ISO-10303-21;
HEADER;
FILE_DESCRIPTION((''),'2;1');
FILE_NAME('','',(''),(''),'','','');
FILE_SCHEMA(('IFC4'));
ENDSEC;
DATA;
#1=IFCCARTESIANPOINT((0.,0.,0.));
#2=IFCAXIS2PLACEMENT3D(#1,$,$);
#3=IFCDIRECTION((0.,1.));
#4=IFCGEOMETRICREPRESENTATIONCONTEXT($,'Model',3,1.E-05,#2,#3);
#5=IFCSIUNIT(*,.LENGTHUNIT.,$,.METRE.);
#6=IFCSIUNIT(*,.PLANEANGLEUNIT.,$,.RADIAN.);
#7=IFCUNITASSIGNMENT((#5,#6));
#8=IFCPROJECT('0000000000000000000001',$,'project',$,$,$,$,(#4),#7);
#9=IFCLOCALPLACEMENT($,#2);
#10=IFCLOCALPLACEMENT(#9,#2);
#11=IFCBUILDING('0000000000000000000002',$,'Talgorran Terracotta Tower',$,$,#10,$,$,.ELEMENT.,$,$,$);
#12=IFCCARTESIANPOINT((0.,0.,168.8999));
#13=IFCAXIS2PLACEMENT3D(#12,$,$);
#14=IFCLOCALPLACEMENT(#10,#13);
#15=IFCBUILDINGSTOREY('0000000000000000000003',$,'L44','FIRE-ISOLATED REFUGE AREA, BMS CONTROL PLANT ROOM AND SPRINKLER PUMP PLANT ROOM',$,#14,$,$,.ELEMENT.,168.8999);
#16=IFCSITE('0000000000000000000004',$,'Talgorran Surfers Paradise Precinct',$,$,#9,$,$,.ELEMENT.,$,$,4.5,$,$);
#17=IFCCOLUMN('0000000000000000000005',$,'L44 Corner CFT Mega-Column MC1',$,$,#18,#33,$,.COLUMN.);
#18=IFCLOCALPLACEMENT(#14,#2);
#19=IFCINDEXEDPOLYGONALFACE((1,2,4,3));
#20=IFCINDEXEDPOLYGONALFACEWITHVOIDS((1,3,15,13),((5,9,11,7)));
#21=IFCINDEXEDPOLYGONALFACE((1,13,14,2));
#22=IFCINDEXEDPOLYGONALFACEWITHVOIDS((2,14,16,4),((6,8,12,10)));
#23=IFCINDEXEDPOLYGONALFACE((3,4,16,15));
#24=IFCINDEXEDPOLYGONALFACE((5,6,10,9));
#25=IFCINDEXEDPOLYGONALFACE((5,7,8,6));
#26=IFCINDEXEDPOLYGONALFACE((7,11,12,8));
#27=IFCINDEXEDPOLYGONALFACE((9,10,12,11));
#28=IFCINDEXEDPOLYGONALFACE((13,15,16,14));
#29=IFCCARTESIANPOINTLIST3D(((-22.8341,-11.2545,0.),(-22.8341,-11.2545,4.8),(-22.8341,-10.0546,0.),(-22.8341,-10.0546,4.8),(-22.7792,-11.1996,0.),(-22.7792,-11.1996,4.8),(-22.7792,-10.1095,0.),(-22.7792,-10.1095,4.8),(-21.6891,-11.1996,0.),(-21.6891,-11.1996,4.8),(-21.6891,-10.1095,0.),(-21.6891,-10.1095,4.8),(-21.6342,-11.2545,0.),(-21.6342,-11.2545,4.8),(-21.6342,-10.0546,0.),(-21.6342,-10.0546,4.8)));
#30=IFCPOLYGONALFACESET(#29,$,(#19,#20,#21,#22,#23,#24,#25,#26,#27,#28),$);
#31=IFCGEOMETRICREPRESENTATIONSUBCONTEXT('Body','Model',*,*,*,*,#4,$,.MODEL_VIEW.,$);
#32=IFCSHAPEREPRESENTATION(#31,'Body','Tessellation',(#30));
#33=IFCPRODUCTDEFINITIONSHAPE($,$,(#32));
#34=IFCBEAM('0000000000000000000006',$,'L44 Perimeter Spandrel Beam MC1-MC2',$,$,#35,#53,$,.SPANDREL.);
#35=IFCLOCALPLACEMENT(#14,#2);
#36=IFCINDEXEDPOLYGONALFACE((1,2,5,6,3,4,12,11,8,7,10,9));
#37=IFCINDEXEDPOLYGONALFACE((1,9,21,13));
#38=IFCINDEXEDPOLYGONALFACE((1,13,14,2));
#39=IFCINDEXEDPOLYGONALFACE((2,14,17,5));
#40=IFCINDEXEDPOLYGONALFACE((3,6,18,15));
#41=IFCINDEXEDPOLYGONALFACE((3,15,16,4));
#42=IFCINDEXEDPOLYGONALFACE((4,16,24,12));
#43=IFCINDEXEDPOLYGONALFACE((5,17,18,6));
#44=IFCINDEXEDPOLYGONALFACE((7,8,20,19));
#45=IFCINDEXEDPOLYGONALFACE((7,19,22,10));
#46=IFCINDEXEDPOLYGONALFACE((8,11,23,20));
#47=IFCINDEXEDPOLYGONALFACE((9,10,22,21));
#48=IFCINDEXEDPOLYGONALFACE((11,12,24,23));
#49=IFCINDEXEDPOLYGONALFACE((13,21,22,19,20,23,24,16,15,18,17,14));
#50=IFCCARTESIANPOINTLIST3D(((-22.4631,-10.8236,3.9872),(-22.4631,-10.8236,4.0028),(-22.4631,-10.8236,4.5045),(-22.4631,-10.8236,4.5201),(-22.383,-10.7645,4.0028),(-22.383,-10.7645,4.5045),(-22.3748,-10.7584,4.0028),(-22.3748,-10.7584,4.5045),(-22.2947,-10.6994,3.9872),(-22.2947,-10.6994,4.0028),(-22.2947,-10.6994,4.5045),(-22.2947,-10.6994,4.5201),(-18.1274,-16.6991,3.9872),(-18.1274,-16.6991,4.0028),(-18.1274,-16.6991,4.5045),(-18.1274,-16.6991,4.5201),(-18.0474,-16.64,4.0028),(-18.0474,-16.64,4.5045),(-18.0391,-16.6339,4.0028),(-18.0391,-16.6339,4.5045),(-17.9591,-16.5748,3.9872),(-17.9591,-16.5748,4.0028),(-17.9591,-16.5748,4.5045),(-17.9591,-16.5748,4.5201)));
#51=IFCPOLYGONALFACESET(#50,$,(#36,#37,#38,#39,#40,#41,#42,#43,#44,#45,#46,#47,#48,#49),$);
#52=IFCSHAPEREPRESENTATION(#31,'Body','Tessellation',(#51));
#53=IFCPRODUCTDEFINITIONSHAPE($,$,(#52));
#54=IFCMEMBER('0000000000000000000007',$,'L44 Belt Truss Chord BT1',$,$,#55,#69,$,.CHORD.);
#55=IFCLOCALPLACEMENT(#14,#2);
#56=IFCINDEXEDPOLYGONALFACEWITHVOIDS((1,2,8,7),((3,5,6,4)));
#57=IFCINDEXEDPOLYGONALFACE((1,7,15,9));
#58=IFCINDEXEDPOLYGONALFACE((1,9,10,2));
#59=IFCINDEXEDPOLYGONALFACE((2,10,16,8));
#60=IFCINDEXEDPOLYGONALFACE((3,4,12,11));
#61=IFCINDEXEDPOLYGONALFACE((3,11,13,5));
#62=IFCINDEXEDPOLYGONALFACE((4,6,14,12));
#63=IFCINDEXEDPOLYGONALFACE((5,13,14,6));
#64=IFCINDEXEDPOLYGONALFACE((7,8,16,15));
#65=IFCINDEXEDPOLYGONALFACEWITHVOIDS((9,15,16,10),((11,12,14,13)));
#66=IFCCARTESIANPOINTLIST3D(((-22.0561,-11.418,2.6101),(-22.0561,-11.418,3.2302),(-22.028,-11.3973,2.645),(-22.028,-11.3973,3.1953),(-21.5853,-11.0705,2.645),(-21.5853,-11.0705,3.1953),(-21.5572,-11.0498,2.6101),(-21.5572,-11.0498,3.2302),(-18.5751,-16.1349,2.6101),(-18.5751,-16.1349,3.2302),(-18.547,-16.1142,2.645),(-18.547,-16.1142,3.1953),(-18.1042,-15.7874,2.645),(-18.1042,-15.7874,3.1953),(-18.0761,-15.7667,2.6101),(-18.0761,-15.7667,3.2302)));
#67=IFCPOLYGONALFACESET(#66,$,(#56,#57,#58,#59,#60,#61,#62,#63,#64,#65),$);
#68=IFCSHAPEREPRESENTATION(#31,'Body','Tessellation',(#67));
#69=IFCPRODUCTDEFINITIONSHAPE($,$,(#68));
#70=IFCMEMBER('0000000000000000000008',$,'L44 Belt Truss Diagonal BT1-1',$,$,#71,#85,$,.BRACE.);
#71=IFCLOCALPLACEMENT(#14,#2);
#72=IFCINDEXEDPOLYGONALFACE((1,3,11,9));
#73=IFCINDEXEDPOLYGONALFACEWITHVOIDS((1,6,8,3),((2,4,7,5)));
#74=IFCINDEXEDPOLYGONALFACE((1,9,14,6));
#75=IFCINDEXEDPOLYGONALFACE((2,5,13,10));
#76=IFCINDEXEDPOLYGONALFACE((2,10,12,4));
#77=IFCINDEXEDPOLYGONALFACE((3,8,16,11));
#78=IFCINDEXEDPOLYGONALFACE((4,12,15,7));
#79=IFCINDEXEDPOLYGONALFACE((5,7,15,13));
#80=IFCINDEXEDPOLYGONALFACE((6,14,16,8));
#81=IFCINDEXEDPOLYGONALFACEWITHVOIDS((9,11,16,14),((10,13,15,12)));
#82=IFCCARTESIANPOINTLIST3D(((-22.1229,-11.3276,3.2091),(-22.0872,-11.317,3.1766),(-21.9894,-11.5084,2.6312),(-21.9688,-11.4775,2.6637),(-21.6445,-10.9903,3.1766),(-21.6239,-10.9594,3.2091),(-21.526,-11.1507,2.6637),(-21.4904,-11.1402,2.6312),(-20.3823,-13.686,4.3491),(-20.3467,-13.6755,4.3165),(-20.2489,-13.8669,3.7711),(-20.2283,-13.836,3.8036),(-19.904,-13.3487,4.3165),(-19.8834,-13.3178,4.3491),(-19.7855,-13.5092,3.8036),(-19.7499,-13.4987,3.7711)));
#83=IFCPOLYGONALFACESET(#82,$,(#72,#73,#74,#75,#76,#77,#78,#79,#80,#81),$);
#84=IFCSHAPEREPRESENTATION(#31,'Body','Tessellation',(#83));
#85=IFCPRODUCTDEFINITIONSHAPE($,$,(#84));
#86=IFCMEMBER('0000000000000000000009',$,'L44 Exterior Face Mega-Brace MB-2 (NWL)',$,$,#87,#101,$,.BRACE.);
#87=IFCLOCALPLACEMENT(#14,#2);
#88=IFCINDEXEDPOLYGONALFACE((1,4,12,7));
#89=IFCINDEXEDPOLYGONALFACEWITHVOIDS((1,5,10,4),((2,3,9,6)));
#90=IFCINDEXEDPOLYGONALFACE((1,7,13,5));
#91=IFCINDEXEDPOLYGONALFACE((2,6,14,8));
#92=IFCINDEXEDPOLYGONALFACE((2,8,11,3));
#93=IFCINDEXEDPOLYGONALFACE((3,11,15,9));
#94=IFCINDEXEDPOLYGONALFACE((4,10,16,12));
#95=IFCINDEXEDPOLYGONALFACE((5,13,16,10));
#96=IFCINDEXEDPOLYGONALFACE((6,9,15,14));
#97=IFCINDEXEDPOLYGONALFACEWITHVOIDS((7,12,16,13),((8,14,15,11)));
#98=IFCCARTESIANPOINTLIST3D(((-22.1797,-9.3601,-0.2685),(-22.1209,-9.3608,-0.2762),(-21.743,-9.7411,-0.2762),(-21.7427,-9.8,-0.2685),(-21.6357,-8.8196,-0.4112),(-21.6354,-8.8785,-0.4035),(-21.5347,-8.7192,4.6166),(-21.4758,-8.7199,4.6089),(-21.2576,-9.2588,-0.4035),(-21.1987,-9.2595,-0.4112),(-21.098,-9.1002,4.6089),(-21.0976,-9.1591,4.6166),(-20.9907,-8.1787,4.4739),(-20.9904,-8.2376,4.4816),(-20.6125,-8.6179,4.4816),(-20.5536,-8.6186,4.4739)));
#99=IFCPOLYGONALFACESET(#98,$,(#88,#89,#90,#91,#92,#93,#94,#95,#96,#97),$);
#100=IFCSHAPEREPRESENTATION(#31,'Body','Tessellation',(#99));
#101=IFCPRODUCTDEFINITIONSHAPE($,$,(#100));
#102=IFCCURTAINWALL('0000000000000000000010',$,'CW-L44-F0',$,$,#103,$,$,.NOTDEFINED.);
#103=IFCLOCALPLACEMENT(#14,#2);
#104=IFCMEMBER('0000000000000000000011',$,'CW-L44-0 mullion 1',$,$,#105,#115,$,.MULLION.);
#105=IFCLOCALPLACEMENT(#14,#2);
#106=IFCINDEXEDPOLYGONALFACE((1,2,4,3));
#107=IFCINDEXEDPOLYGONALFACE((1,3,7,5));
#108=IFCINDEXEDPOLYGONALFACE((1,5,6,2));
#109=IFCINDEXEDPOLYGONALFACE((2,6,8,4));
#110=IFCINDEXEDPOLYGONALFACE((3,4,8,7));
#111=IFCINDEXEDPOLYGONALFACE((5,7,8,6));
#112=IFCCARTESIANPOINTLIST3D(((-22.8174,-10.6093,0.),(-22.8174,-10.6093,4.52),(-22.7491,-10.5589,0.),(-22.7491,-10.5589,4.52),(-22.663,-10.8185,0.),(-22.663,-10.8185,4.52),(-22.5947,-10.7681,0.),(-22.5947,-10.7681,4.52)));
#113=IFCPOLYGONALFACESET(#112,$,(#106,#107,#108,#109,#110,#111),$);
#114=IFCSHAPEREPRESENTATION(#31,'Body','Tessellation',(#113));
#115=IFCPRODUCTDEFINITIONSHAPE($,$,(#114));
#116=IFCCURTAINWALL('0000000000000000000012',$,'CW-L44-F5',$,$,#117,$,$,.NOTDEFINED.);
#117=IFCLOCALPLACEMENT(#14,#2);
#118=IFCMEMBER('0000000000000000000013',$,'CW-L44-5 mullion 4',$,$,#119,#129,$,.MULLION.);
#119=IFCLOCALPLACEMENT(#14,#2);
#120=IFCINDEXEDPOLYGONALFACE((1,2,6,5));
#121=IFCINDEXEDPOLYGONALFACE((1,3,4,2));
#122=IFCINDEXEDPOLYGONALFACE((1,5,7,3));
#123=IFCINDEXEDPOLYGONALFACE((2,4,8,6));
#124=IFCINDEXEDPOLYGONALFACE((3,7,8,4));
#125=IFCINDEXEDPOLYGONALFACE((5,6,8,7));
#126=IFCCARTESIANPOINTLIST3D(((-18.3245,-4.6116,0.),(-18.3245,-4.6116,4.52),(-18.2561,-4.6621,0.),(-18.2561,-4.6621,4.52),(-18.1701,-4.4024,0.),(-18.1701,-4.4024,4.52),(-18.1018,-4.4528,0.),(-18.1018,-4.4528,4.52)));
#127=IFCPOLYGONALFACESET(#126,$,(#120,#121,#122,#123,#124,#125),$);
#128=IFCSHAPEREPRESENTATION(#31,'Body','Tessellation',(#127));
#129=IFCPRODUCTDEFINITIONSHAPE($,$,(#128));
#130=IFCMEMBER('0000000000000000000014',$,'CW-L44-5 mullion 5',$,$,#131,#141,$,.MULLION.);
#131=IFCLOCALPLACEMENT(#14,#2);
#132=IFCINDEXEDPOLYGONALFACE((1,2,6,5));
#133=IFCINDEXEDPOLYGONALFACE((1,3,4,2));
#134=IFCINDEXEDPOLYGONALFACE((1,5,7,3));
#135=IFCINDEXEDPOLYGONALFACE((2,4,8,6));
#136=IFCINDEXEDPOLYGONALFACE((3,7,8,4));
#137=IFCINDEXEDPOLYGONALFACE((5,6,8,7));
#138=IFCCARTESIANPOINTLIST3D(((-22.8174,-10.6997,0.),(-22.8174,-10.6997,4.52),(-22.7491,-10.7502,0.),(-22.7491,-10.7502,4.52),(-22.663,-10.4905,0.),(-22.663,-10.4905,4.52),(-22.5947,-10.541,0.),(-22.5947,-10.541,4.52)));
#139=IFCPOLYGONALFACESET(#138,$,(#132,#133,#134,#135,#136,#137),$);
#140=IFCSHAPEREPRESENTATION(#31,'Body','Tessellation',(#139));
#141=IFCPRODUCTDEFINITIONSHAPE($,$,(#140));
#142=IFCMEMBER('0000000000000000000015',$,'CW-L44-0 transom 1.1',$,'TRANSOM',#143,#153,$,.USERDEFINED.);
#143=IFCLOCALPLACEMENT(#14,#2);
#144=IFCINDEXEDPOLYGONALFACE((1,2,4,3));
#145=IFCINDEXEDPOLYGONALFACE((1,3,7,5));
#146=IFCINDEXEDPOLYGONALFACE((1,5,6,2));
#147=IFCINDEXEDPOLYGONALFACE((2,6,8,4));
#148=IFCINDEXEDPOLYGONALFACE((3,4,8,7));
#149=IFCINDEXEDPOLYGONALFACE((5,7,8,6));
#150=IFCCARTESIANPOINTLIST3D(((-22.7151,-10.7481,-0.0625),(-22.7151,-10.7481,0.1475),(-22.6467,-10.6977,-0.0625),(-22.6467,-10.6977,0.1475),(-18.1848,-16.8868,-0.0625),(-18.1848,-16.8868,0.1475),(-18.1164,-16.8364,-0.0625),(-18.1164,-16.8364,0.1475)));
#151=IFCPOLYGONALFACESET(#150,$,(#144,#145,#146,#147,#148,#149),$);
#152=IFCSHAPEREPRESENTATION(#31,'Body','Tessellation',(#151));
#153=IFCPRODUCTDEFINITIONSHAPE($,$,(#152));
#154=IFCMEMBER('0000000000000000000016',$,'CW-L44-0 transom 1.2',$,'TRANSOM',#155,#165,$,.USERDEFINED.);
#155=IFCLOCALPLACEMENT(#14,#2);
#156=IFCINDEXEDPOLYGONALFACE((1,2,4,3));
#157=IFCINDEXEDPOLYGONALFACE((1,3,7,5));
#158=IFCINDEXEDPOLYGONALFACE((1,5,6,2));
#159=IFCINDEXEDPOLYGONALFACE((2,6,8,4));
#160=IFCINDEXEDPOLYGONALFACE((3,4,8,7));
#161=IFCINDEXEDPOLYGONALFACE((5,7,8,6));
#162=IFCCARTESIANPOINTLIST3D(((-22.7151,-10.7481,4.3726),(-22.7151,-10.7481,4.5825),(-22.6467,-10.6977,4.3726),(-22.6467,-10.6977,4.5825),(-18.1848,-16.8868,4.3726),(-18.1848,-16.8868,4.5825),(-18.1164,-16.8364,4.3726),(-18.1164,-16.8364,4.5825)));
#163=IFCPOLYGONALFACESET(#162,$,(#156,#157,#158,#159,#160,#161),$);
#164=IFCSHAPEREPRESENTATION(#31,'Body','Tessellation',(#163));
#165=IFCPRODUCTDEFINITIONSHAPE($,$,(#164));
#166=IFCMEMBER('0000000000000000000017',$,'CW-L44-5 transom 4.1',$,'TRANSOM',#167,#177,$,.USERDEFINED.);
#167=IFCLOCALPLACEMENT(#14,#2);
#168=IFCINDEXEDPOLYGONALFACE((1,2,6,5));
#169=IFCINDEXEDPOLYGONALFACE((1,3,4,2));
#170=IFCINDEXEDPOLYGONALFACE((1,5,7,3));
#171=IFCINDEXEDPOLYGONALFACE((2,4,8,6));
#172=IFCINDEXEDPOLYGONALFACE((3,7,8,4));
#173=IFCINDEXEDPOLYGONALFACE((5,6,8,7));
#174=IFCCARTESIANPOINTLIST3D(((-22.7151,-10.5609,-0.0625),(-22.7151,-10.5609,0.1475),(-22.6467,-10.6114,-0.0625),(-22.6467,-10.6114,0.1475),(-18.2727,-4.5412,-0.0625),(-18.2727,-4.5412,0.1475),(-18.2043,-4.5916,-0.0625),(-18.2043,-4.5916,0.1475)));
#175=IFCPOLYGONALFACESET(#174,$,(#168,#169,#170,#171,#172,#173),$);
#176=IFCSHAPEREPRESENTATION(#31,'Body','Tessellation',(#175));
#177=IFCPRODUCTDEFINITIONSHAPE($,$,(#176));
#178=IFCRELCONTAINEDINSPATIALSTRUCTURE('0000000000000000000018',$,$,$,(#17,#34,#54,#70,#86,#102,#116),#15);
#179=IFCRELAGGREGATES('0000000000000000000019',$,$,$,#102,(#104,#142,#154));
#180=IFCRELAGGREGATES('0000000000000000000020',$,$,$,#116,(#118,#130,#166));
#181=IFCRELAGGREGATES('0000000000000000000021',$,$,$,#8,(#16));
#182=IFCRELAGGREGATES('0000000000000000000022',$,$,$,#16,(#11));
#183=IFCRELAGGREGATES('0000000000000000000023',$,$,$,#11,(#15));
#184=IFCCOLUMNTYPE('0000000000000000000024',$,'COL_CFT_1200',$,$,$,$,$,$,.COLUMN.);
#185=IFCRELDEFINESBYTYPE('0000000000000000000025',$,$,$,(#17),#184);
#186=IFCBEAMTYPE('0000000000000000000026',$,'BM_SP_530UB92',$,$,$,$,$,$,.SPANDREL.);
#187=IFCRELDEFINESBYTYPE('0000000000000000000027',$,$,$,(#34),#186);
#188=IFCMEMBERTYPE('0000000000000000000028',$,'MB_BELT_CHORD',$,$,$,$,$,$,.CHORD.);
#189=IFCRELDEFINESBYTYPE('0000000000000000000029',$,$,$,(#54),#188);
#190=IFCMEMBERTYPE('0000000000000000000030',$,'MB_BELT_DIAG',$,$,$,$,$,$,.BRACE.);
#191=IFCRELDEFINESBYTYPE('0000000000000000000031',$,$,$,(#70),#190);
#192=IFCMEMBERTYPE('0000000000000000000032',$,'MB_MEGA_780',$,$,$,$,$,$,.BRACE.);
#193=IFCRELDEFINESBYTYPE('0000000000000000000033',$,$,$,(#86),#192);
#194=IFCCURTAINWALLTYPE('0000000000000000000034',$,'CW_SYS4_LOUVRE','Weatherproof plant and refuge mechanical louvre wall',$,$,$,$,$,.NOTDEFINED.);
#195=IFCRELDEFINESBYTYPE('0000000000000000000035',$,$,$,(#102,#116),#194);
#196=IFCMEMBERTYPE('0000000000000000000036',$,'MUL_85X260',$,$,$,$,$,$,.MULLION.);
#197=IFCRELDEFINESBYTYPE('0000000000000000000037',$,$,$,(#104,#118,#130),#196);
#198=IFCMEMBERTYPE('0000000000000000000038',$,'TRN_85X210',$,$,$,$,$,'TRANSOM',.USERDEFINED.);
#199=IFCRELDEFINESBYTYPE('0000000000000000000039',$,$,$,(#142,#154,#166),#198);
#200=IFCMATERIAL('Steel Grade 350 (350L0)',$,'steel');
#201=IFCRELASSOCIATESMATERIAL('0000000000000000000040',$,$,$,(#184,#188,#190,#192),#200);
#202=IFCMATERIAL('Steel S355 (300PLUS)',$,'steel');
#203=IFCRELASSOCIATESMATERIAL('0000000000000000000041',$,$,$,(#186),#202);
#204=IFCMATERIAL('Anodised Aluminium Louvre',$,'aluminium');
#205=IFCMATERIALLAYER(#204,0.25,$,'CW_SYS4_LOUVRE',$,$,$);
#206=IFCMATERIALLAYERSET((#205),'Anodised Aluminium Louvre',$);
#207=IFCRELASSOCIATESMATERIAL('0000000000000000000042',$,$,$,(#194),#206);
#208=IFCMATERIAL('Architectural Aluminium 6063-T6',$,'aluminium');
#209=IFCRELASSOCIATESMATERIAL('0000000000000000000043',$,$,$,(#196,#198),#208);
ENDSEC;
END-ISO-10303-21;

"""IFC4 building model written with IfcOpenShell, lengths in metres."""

from ifc_helpers import new_model, si_unit, direction, frame, origin, origin_2d, place, context, subcontext, project, spatial, rectangle, hollow_rectangle, i_section, extrude, material, layer, layer_set, material_profile, profile_set, type_object, element, aggregate, save


model = new_model("IFC4")

# Units and contexts
model_context = context("Model", 3, precision=1e-05, world=origin(), true_north=direction((0.0, 1.0)))
body_context = subcontext(model_context, "Body", "Model", "MODEL_VIEW")
ifc_project = project(units=[si_unit("LENGTHUNIT", "METRE"), si_unit("PLANEANGLEUNIT", "RADIAN")], contexts=[model_context])

# Site, building, storey
site_placement = place(None, origin())
site = spatial("IfcSite", under=ifc_project, at=site_placement, Name="Talgorran Surfers Paradise Precinct", CompositionType="ELEMENT", RefElevation=4.5)
building_placement = place(site_placement, origin())
building = spatial("IfcBuilding", under=site, at=building_placement, Name="Talgorran Terracotta Tower", CompositionType="ELEMENT")
storey_placement = place(building_placement, frame((0.0, 0.0, 168.8999)))
storey = spatial("IfcBuildingStorey", under=building, at=storey_placement, Name="L44", Description="FIRE-ISOLATED REFUGE AREA, BMS CONTROL PLANT ROOM AND SPRINKLER PUMP PLANT ROOM", CompositionType="ELEMENT", Elevation=168.8999)

# Column
ifc_material_1 = material(Name="Steel Grade 350 (350L0)", Category="steel")
ifc_material_profile_1 = material_profile(ifc_material_1, hollow_rectangle(XDim=1.2, YDim=1.2, WallThickness=0.0549, at=origin_2d()), Name="CFT1200X1200X55")
ifc_profile_set_1 = profile_set([ifc_material_profile_1], Name="Steel Grade 350 (350L0)")
column_type = type_object("IfcColumnType", Name="COL_CFT_1200", PredefinedType="COLUMN", material=ifc_profile_set_1)
column_placement = place(storey_placement, frame((-22.2341, -10.6545, 0.0), z_axis=(0.0, 0.0, 1.0), x_axis=(1.0, 0.0, 0.0)))
element("IfcColumn", 1, at=column_placement, inside=storey, type_object=column_type, Name="L44 Corner CFT Mega-Column MC1", PredefinedType="COLUMN", context=body_context, shape_type="SweptSolid", body=[
    extrude(hollow_rectangle(XDim=1.2, YDim=1.2, WallThickness=0.0549, at=origin_2d()), origin(), (0.0, 0.0, 1.0), 4.8),
])

# Beam
ifc_material_2 = material(Name="Steel S355 (300PLUS)", Category="steel")
ifc_material_profile_2 = material_profile(ifc_material_2, i_section(OverallWidth=0.2092, OverallDepth=0.533, WebThickness=0.0103, FlangeThickness=0.0156, at=origin_2d()), Name="530UB92.4")
ifc_profile_set_2 = profile_set([ifc_material_profile_2], Name="Steel S355 (300PLUS)")
beam_type = type_object("IfcBeamType", Name="BM_SP_530UB92", PredefinedType="SPANDREL", material=ifc_profile_set_2)
beam_placement = place(storey_placement, frame((-22.3789, -10.7615, 4.2537), z_axis=(0.593766, -0.804638, 0.0), x_axis=(0.804638, 0.593766, 0.0)))
element("IfcBeam", 2, at=beam_placement, inside=storey, type_object=beam_type, Name="L44 Perimeter Spandrel Beam MC1-MC2", PredefinedType="SPANDREL", context=body_context, shape_type="SweptSolid", body=[
    extrude(i_section(OverallWidth=0.2092, OverallDepth=0.533, WebThickness=0.0103, FlangeThickness=0.0156, at=origin_2d()), origin(), (0.0, 0.0, 1.0), 7.302),
])

# Members
ifc_material_profile_3 = material_profile(ifc_material_1, hollow_rectangle(XDim=0.6201, YDim=0.6201, WallThickness=0.0349, at=origin_2d()), Name="WBOX620X620X35")
ifc_profile_set_3 = profile_set([ifc_material_profile_3], Name="Steel Grade 350 (350L0)")
member_type_1 = type_object("IfcMemberType", Name="MB_BELT_CHORD", PredefinedType="CHORD", material=ifc_profile_set_3)
member_1_placement = place(storey_placement, frame((-21.8066, -11.2339, 2.9202), z_axis=(0.593798, -0.804614, 0.0), x_axis=(0.804614, 0.593798, 0.0)))
element("IfcMember", 3, at=member_1_placement, inside=storey, type_object=member_type_1, Name="L44 Belt Truss Chord BT1", PredefinedType="CHORD", context=body_context, shape_type="SweptSolid", body=[
    extrude(hollow_rectangle(XDim=0.6201, YDim=0.6201, WallThickness=0.0349, at=origin_2d()), origin(), (0.0, 0.0, 1.0), 5.8623),
])
ifc_material_profile_4 = material_profile(ifc_material_1, hollow_rectangle(XDim=0.6201, YDim=0.6201, WallThickness=0.0349, at=origin_2d()), Name="WBOX620X620X35")
ifc_profile_set_4 = profile_set([ifc_material_profile_4], Name="Steel Grade 350 (350L0)")
member_type_2 = type_object("IfcMemberType", Name="MB_BELT_DIAG", PredefinedType="BRACE", material=ifc_profile_set_4)
member_2_placement = place(storey_placement, frame((-21.8066, -11.2339, 2.9202), z_axis=(0.553421, -0.749902, 0.362453), x_axis=(0.804614, 0.593798, 0.0)))
element("IfcMember", 4, at=member_2_placement, inside=storey, type_object=member_type_2, Name="L44 Belt Truss Diagonal BT1-1", PredefinedType="BRACE", context=body_context, shape_type="SweptSolid", body=[
    extrude(hollow_rectangle(XDim=0.6201, YDim=0.6201, WallThickness=0.0349, at=origin_2d()), origin(), (0.0, 0.0, 1.0), 3.145),
])
ifc_material_profile_5 = material_profile(ifc_material_1, hollow_rectangle(XDim=0.6201, YDim=0.78, WallThickness=0.042, at=origin_2d()), Name="WBOX780X620X42")
ifc_profile_set_5 = profile_set([ifc_material_profile_5], Name="Steel Grade 350 (350L0)")
member_type_3 = type_object("IfcMemberType", Name="MB_MEGA_780", PredefinedType="BRACE", material=ifc_profile_set_5)
member_3_placement = place(storey_placement, frame((-21.6892, -9.3098, -0.3398), z_axis=(0.129811, 0.128976, 0.983115), x_axis=(-0.704821, 0.709385, 0.0)))
element("IfcMember", 5, at=member_3_placement, inside=storey, type_object=member_type_3, Name="L44 Exterior Face Mega-Brace MB-2 (NWL)", PredefinedType="BRACE", context=body_context, shape_type="SweptSolid", body=[
    extrude(hollow_rectangle(XDim=0.6201, YDim=0.78, WallThickness=0.042, at=origin_2d()), origin(), (0.0, 0.0, 1.0), 4.969),
])

# Curtain wall, member
ifc_material_3 = material(Name="Anodised Aluminium Louvre", Category="aluminium")
ifc_layer_1 = layer(ifc_material_3, 0.25, Name="CW_SYS4_LOUVRE")
ifc_layer_set_1 = layer_set([ifc_layer_1], Name="Anodised Aluminium Louvre")
curtain_wall_type = type_object("IfcCurtainWallType", Name="CW_SYS4_LOUVRE", Description="Weatherproof plant and refuge mechanical louvre wall", PredefinedType="NOTDEFINED", material=ifc_layer_set_1)
curtain_wall_1_placement = place(storey_placement, origin())
curtain_wall_1 = element("IfcCurtainWall", 6, at=curtain_wall_1_placement, inside=storey, type_object=curtain_wall_type, Name="CW-L44-F0", PredefinedType="NOTDEFINED")
ifc_material_4 = material(Name="Architectural Aluminium 6063-T6", Category="aluminium")
ifc_material_profile_6 = material_profile(ifc_material_4, rectangle(XDim=0.085, YDim=0.26, at=origin_2d()), Name="CWM85X260")
ifc_profile_set_6 = profile_set([ifc_material_profile_6], Name="Architectural Aluminium 6063-T6")
member_type_4 = type_object("IfcMemberType", Name="MUL_85X260", PredefinedType="MULLION", material=ifc_profile_set_6)
member_4_placement = place(storey_placement, frame((-22.7061, -10.6887, 0.0), z_axis=(0.0, 0.0, 1.0), x_axis=(0.80462, 0.593791, 0.0)))
member_4 = element("IfcMember", 7, at=member_4_placement, type_object=member_type_4, Name="CW-L44-0 mullion 1", PredefinedType="MULLION", context=body_context, shape_type="SweptSolid", body=[
    extrude(rectangle(XDim=0.085, YDim=0.26, at=origin_2d()), origin(), (0.0, 0.0, 1.0), 4.52),
])

# Curtain wall, members
curtain_wall_2_placement = place(storey_placement, origin())
curtain_wall_2 = element("IfcCurtainWall", 8, at=curtain_wall_2_placement, inside=storey, type_object=curtain_wall_type, Name="CW-L44-F5", PredefinedType="NOTDEFINED")
member_5_placement = place(storey_placement, frame((-18.2131, -4.5322, 0.0), z_axis=(0.0, 0.0, 1.0), x_axis=(0.804622, -0.593787, 0.0)))
member_5 = element("IfcMember", 9, at=member_5_placement, type_object=member_type_4, Name="CW-L44-5 mullion 4", PredefinedType="MULLION", context=body_context, shape_type="SweptSolid", body=[
    extrude(rectangle(XDim=0.085, YDim=0.26, at=origin_2d()), origin(), (0.0, 0.0, 1.0), 4.52),
])
member_6_placement = place(storey_placement, frame((-22.7061, -10.6204, 0.0), z_axis=(0.0, 0.0, 1.0), x_axis=(0.804622, -0.593787, 0.0)))
member_6 = element("IfcMember", 10, at=member_6_placement, type_object=member_type_4, Name="CW-L44-5 mullion 5", PredefinedType="MULLION", context=body_context, shape_type="SweptSolid", body=[
    extrude(rectangle(XDim=0.085, YDim=0.26, at=origin_2d()), origin(), (0.0, 0.0, 1.0), 4.52),
])

# Members
ifc_material_profile_7 = material_profile(ifc_material_4, rectangle(XDim=0.085, YDim=0.21, at=origin_2d()), Name="CWT85X210")
ifc_profile_set_7 = profile_set([ifc_material_profile_7], Name="Architectural Aluminium 6063-T6")
member_type_5 = type_object("IfcMemberType", Name="TRN_85X210", ElementType="TRANSOM", PredefinedType="USERDEFINED", material=ifc_profile_set_7)
member_7_placement = place(storey_placement, frame((-22.6809, -10.7229, 0.0425), z_axis=(0.593797, -0.804615, 0.0), x_axis=(0.804615, 0.593797, 0.0)))
member_7 = element("IfcMember", 11, at=member_7_placement, type_object=member_type_5, Name="CW-L44-0 transom 1.1", ObjectType="TRANSOM", PredefinedType="USERDEFINED", context=body_context, shape_type="SweptSolid", body=[
    extrude(rectangle(XDim=0.085, YDim=0.21, at=origin_2d()), origin(), (0.0, 0.0, 1.0), 7.6294),
])
member_8_placement = place(storey_placement, frame((-22.6809, -10.7229, 4.4775), z_axis=(0.593797, -0.804615, 0.0), x_axis=(0.804615, 0.593797, 0.0)))
member_8 = element("IfcMember", 12, at=member_8_placement, type_object=member_type_5, Name="CW-L44-0 transom 1.2", ObjectType="TRANSOM", PredefinedType="USERDEFINED", context=body_context, shape_type="SweptSolid", body=[
    extrude(rectangle(XDim=0.085, YDim=0.21, at=origin_2d()), origin(), (0.0, 0.0, 1.0), 7.6294),
])
aggregate(curtain_wall_1, [member_4, member_7, member_8])
member_9_placement = place(storey_placement, frame((-18.2385, -4.5664, 0.0425), z_axis=(-0.593784, -0.804624, 0.0), x_axis=(0.804624, -0.593784, 0.0)))
member_9 = element("IfcMember", 13, at=member_9_placement, type_object=member_type_5, Name="CW-L44-5 transom 4.1", ObjectType="TRANSOM", PredefinedType="USERDEFINED", context=body_context, shape_type="SweptSolid", body=[
    extrude(rectangle(XDim=0.085, YDim=0.21, at=origin_2d()), origin(), (0.0, 0.0, 1.0), 7.4814),
])

aggregate(curtain_wall_2, [member_5, member_6, member_9])

save(model, "model.ifc")
